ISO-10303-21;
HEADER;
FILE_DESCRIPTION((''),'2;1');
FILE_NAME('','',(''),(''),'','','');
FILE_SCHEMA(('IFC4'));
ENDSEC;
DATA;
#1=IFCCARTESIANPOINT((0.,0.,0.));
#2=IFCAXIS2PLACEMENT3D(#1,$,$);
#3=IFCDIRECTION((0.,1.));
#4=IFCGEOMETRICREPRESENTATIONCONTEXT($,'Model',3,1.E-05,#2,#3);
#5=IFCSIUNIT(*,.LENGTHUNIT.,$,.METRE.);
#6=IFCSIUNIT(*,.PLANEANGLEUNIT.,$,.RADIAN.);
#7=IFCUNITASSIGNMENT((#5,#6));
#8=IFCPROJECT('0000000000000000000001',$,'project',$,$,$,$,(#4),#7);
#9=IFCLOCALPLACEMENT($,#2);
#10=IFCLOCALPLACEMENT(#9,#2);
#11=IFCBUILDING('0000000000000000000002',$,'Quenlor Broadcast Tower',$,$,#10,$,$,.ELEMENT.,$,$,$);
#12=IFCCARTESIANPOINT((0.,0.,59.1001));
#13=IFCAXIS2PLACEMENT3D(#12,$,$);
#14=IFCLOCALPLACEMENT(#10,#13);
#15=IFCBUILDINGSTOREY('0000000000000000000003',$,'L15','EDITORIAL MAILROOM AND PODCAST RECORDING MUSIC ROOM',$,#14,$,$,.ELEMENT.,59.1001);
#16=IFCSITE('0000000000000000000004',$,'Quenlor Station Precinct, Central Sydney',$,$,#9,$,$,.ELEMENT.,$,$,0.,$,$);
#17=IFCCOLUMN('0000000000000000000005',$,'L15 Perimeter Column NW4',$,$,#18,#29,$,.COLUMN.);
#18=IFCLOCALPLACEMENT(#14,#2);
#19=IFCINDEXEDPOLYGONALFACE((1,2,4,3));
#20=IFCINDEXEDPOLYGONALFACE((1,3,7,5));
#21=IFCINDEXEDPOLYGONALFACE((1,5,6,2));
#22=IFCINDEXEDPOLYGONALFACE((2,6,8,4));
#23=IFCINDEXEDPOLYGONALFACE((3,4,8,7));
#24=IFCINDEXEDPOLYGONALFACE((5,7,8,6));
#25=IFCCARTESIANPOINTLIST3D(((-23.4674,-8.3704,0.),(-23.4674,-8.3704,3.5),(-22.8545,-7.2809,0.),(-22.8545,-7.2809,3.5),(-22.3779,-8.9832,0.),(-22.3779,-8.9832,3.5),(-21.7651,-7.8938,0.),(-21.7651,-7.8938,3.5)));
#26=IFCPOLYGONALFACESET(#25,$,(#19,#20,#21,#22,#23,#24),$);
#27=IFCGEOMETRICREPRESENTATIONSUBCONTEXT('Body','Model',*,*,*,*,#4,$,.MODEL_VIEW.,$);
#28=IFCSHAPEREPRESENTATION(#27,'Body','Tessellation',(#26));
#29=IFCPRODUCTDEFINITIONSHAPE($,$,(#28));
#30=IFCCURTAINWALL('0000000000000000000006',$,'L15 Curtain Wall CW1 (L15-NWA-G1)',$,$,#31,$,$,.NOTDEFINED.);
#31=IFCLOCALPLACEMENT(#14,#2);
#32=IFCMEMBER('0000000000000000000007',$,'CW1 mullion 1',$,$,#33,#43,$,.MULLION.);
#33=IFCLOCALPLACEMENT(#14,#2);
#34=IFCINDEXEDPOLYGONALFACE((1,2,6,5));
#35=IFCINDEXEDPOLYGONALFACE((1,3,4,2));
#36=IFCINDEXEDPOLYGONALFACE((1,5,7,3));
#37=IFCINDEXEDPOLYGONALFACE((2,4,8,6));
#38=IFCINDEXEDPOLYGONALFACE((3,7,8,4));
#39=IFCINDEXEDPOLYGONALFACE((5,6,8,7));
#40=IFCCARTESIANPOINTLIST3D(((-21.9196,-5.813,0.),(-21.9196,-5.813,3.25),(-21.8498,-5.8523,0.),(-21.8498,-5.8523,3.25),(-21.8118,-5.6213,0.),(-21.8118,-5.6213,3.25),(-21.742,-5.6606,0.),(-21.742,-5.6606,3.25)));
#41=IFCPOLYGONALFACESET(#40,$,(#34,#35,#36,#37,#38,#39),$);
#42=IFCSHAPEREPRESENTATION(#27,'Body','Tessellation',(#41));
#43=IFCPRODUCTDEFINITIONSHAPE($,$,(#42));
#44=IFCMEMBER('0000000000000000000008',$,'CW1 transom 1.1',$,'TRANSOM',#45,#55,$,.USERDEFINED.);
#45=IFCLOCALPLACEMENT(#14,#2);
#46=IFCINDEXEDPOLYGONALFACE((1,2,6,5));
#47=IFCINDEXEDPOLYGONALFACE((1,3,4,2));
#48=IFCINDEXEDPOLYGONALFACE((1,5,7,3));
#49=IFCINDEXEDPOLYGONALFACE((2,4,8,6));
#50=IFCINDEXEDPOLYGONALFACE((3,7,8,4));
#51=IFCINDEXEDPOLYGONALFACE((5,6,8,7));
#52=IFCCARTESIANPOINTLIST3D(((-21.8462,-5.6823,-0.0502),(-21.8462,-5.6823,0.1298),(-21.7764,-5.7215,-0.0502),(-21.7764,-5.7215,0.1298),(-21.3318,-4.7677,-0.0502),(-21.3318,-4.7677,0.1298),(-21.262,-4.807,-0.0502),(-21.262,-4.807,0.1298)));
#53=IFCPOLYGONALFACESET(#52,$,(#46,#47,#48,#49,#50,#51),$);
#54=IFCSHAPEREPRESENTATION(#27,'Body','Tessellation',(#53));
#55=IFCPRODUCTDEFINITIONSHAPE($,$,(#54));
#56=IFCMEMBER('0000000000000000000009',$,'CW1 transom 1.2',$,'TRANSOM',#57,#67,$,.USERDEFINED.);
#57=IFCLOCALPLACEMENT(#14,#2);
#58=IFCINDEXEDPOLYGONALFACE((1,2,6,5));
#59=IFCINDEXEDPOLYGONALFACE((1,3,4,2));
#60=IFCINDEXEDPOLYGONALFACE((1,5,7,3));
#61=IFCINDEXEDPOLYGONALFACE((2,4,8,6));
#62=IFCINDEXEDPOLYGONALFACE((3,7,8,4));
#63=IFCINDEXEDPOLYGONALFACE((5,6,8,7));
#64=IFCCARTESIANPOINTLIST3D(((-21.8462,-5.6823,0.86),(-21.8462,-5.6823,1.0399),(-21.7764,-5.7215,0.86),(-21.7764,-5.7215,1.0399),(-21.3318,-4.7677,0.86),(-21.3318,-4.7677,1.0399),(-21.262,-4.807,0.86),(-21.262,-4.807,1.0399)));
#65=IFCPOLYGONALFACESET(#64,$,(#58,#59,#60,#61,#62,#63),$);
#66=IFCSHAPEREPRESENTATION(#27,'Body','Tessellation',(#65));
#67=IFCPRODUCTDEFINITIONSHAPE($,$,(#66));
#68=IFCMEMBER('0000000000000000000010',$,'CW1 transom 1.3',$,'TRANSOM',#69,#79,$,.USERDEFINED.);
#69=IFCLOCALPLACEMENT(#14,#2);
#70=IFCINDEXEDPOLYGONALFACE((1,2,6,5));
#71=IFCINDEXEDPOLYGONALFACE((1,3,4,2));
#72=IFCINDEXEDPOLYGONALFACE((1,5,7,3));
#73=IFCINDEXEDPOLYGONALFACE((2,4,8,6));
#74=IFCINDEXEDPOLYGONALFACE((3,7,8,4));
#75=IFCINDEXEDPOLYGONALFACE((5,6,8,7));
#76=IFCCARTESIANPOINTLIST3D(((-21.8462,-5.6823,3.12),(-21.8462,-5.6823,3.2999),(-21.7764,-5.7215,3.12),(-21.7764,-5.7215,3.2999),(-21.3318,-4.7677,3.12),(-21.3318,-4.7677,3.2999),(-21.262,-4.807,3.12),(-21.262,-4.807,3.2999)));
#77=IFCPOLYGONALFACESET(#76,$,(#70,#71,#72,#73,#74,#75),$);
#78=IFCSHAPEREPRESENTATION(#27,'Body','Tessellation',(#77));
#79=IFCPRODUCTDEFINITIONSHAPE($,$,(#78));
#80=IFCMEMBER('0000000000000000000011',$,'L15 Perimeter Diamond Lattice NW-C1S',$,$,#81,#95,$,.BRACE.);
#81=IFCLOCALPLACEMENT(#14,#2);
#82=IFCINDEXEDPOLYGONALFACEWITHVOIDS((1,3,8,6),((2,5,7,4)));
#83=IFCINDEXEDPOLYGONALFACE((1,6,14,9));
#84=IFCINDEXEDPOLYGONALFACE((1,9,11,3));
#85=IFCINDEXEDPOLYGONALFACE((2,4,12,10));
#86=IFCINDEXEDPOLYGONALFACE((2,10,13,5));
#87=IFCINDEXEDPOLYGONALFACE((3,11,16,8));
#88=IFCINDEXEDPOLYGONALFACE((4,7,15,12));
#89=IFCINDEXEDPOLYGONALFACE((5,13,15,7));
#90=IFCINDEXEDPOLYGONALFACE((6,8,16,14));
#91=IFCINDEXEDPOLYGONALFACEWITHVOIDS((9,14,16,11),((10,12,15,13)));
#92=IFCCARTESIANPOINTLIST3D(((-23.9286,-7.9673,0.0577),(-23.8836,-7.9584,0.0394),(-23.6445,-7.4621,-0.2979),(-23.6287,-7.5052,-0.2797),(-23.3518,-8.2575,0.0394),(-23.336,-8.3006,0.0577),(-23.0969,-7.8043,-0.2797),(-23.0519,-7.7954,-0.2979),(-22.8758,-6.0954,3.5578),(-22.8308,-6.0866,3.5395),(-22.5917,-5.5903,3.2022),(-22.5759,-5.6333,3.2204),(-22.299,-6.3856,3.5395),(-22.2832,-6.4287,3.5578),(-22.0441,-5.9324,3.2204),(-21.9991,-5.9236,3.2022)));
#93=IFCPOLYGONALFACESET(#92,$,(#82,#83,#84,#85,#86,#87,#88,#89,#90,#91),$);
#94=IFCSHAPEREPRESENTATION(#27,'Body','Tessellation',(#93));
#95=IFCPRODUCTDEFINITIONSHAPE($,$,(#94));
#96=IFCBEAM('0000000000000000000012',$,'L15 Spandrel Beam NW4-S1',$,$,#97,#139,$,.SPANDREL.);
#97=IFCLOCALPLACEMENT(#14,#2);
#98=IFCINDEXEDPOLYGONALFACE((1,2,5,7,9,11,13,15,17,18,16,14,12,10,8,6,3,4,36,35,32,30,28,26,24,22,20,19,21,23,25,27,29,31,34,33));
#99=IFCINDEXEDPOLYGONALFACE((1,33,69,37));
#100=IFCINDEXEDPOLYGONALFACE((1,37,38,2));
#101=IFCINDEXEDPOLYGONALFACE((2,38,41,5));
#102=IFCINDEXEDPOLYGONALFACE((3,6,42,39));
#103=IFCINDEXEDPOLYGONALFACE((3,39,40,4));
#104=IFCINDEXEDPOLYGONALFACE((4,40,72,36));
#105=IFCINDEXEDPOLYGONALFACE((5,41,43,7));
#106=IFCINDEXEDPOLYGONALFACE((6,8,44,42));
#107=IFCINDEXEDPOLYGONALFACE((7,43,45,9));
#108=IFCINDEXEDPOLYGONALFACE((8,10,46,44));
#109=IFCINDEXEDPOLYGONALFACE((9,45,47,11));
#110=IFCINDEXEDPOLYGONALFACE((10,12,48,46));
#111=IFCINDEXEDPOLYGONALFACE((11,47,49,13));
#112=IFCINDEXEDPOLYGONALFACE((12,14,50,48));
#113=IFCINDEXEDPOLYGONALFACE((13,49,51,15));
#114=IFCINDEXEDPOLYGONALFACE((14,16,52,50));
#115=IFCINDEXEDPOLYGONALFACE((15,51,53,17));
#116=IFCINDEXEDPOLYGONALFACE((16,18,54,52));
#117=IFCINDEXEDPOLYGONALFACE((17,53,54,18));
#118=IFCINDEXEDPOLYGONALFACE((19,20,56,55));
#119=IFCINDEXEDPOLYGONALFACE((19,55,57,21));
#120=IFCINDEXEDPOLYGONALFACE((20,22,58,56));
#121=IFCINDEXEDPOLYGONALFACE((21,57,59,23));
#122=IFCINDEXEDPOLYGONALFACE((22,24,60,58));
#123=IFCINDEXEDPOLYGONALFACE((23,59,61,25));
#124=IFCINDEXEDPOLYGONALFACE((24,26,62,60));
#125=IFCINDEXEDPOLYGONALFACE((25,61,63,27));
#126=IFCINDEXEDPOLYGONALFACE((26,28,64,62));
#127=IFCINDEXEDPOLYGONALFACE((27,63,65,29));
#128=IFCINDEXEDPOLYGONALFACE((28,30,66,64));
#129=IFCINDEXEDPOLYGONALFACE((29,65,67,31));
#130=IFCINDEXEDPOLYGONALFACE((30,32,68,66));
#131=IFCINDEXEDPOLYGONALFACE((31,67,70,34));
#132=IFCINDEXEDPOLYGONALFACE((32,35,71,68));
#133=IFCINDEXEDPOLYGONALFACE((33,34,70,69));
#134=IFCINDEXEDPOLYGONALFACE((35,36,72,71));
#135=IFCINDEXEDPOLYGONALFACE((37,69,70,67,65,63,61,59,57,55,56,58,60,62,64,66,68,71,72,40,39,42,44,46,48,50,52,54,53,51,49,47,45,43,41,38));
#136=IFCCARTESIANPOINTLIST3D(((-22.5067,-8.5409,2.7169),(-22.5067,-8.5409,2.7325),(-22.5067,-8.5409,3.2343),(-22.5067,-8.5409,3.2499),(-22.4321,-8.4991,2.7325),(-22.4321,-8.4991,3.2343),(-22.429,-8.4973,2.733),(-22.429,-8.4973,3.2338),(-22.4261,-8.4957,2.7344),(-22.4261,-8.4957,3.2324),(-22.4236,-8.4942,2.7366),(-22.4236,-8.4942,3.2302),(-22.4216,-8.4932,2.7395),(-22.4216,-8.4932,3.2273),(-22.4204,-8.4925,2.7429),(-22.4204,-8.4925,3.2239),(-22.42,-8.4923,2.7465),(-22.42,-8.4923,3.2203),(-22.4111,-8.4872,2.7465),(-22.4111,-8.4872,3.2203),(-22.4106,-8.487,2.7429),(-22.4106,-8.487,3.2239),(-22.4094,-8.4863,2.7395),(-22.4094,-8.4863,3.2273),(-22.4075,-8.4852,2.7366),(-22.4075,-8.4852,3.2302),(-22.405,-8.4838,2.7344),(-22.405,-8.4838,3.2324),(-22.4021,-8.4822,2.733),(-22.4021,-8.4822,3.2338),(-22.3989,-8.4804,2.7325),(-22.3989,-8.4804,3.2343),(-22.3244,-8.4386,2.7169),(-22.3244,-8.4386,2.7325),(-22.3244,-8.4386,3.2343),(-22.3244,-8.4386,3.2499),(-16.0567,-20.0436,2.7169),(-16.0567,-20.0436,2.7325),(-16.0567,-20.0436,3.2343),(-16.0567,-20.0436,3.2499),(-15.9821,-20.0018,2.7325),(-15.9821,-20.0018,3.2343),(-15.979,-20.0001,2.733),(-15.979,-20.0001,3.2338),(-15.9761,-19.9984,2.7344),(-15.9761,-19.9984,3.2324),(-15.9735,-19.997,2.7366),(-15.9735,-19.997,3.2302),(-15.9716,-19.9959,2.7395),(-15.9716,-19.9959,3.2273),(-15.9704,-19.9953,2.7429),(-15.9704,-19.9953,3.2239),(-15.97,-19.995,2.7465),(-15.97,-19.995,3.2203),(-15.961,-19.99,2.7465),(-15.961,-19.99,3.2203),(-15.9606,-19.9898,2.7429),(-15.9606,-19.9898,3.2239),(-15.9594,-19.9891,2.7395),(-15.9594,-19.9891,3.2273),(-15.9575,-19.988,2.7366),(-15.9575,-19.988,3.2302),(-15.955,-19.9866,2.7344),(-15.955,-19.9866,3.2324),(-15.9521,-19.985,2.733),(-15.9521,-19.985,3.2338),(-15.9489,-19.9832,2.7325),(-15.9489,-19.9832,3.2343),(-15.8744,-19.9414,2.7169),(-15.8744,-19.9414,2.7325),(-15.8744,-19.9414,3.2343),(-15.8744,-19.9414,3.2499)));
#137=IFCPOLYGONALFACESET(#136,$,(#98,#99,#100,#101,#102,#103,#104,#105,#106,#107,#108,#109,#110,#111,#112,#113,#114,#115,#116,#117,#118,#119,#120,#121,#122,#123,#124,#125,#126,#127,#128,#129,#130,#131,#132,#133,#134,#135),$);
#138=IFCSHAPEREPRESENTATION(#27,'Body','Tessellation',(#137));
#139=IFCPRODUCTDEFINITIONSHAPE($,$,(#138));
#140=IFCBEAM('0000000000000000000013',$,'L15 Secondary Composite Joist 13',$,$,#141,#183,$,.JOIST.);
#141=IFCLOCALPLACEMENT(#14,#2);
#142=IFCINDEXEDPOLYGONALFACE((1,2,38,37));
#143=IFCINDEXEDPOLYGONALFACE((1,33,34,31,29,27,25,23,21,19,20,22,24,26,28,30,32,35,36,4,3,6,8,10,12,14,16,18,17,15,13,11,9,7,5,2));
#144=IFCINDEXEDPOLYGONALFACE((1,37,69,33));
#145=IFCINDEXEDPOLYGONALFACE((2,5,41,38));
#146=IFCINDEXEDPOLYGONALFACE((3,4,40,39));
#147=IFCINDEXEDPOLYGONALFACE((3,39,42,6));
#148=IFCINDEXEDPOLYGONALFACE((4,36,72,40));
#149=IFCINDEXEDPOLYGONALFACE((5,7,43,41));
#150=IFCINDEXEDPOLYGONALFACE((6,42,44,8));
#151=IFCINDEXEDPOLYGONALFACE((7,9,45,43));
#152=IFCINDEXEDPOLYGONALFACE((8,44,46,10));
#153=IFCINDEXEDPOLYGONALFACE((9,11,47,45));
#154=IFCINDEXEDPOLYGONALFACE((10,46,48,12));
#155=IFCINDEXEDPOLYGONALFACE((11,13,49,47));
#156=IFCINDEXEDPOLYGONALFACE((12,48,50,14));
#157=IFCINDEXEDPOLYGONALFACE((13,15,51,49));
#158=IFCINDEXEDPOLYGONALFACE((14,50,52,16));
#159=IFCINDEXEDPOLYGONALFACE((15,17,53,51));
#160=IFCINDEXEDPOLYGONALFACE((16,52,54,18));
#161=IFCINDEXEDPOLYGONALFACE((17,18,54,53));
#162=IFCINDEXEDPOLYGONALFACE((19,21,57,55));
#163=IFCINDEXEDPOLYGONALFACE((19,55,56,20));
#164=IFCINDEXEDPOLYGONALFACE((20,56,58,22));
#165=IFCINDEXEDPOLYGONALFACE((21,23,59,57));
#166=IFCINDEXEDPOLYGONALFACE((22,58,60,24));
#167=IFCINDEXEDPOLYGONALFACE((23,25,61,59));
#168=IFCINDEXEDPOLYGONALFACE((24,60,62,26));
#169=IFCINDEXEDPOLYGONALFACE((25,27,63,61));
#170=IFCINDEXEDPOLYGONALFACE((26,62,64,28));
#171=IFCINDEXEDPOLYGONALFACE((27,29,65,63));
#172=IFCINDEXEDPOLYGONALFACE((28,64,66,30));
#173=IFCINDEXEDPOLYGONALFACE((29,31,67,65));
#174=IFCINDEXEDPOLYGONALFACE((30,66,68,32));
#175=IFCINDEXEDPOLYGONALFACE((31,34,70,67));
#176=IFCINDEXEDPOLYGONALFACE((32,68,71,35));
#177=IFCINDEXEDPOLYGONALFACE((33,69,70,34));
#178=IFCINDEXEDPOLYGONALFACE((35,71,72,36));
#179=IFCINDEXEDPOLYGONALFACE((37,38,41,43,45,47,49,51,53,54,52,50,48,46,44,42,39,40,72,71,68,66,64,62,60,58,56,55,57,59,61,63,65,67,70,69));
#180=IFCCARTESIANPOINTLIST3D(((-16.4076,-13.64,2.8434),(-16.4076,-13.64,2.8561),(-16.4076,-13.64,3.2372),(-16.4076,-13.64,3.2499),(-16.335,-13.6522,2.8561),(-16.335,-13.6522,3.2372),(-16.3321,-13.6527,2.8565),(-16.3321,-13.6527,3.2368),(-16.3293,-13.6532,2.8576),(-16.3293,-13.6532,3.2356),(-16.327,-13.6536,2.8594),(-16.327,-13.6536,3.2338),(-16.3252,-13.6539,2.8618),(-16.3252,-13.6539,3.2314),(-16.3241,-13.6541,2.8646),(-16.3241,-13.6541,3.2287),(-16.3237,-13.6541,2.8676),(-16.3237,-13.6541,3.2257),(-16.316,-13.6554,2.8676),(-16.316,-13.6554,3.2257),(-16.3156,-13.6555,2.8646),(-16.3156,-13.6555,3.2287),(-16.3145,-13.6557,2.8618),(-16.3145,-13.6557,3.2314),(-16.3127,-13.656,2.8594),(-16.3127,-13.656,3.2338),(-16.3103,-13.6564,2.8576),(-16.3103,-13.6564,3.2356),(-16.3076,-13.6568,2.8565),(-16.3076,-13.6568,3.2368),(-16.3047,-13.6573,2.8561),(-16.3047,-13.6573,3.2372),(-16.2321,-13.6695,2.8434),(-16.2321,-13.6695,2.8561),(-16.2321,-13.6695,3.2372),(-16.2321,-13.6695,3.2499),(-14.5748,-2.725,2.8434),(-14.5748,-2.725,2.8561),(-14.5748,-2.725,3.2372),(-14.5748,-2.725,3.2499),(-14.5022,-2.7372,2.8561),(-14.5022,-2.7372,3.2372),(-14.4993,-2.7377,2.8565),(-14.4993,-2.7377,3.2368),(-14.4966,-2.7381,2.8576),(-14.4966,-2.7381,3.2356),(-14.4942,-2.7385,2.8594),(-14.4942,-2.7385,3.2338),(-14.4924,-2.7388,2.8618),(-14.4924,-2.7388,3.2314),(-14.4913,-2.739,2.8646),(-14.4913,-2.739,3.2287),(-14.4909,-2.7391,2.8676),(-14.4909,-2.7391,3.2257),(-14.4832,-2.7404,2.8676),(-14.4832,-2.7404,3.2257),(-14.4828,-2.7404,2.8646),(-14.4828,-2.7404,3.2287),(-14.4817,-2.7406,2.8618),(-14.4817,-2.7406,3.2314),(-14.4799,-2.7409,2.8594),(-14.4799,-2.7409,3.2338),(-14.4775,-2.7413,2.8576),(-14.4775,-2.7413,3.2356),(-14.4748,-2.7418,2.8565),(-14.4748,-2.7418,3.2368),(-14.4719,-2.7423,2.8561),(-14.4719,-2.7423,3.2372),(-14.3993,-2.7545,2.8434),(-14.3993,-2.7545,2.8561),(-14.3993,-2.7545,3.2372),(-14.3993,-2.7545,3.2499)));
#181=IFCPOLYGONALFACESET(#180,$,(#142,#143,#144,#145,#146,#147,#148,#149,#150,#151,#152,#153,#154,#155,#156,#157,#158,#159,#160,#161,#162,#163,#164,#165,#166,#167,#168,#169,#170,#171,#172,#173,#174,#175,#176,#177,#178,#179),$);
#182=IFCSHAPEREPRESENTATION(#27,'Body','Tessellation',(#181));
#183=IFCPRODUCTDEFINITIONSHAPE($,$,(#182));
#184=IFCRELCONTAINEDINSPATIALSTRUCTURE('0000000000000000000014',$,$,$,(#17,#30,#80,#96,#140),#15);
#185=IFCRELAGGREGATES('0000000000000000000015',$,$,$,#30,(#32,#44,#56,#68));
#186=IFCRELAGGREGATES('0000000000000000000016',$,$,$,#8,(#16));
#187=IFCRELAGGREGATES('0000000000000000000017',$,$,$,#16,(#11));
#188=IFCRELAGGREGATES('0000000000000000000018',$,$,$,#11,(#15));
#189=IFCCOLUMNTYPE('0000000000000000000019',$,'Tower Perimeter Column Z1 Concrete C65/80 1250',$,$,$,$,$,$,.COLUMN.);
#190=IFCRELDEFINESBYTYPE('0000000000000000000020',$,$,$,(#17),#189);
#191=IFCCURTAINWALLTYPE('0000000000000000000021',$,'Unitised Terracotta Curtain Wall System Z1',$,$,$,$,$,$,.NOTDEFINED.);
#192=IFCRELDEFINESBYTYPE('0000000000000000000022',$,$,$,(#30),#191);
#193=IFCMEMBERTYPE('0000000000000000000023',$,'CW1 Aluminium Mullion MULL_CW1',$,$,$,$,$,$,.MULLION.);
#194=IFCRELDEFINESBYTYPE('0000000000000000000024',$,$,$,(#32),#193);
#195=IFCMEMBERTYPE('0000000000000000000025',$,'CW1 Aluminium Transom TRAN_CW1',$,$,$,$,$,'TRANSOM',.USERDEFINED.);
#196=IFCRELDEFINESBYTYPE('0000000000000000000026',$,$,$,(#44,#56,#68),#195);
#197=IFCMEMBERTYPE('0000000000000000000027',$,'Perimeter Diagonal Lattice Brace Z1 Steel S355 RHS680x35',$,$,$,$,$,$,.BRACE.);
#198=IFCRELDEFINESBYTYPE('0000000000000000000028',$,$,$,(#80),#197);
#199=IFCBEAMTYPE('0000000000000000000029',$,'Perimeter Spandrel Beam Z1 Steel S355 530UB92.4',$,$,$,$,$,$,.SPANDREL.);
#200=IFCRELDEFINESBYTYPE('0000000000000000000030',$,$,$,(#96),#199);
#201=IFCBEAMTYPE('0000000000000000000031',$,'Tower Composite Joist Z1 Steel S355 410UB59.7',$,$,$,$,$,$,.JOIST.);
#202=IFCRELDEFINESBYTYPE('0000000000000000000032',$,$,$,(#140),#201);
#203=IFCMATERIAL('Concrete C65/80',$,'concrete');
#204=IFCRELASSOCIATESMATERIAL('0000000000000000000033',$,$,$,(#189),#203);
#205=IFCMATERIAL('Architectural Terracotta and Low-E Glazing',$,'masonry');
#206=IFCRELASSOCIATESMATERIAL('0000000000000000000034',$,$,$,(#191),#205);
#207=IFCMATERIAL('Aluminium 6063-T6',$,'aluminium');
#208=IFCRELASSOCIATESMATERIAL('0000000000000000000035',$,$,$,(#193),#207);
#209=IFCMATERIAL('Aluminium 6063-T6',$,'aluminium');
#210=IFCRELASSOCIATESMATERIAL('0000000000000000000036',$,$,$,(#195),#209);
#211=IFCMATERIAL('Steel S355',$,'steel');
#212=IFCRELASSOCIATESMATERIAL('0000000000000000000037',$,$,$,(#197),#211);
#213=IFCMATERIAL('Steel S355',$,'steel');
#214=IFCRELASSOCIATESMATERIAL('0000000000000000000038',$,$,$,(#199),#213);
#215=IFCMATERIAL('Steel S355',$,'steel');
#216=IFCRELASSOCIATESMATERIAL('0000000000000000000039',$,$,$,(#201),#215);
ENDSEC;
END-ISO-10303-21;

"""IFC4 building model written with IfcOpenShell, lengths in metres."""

from ifc_helpers import new_model, si_unit, direction, frame, origin, origin_2d, place, context, subcontext, project, spatial, rectangle, hollow_rectangle, i_section, extrude, material, material_profile, profile_set, type_object, element, aggregate, save


model = new_model("IFC4")

# Units and contexts
model_context = context("Model", 3, precision=1e-05, world=origin(), true_north=direction((0.0, 1.0)))
body_context = subcontext(model_context, "Body", "Model", "MODEL_VIEW")
ifc_project = project(units=[si_unit("LENGTHUNIT", "METRE"), si_unit("PLANEANGLEUNIT", "RADIAN")], contexts=[model_context])

# Site, building, storey
site_placement = place(None, origin())
site = spatial("IfcSite", under=ifc_project, at=site_placement, Name="Quenlor Station Precinct, Central Sydney", CompositionType="ELEMENT", RefElevation=0.0)
building_placement = place(site_placement, origin())
building = spatial("IfcBuilding", under=site, at=building_placement, Name="Quenlor Broadcast Tower", CompositionType="ELEMENT")
storey_placement = place(building_placement, frame((0.0, 0.0, 59.1001)))
storey = spatial("IfcBuildingStorey", under=building, at=storey_placement, Name="L15", Description="EDITORIAL MAILROOM AND PODCAST RECORDING MUSIC ROOM", CompositionType="ELEMENT", Elevation=59.1001)

# Column
ifc_material_1 = material(Name="Concrete C65/80", Category="concrete")
ifc_material_profile_1 = material_profile(ifc_material_1, rectangle(XDim=1.25, YDim=1.25, at=origin_2d()))
ifc_profile_set_1 = profile_set([ifc_material_profile_1], Name="Concrete C65/80 RC1250x1250")
column_type = type_object("IfcColumnType", Name="Tower Perimeter Column Z1 Concrete C65/80 1250", PredefinedType="COLUMN", material=ifc_profile_set_1)
column_placement = place(storey_placement, frame((-22.6162, -8.1321, 0.0), z_axis=(0.0, 0.0, 1.0), x_axis=(-0.871575, 0.490262, 0.0)))
element("IfcColumn", 1, at=column_placement, inside=storey, type_object=column_type, Name="L15 Perimeter Column NW4", PredefinedType="COLUMN", context=body_context, shape_type="SweptSolid", body=[
    extrude(rectangle(XDim=1.25, YDim=1.25, at=origin_2d()), origin(), (0.0, 0.0, 1.0), 3.5),
])

# Curtain wall, members
ifc_material_2 = material(Name="Architectural Terracotta and Low-E Glazing", Category="masonry")
curtain_wall_type = type_object("IfcCurtainWallType", Name="Unitised Terracotta Curtain Wall System Z1", PredefinedType="NOTDEFINED", material=ifc_material_2)
curtain_wall_placement = place(storey_placement, origin())
curtain_wall = element("IfcCurtainWall", 2, at=curtain_wall_placement, inside=storey, type_object=curtain_wall_type, Name="L15 Curtain Wall CW1 (L15-NWA-G1)", PredefinedType="NOTDEFINED")
ifc_material_3 = material(Name="Aluminium 6063-T6", Category="aluminium")
ifc_material_profile_2 = material_profile(ifc_material_3, rectangle(XDim=0.0801, YDim=0.22, at=origin_2d()))
ifc_profile_set_2 = profile_set([ifc_material_profile_2], Name="Aluminium 6063-T6 MULL80x220")
member_type_1 = type_object("IfcMemberType", Name="CW1 Aluminium Mullion MULL_CW1", PredefinedType="MULLION", material=ifc_profile_set_2)
member_1_placement = place(storey_placement, frame((-21.8308, -5.7368, 0.0), z_axis=(0.0, 0.0, 1.0), x_axis=(-0.871567, 0.490277, 0.0)))
member_1 = element("IfcMember", 3, at=member_1_placement, type_object=member_type_1, Name="CW1 mullion 1", PredefinedType="MULLION", context=body_context, shape_type="SweptSolid", body=[
    extrude(rectangle(XDim=0.0801, YDim=0.22, at=origin_2d()), origin(), (0.0, 0.0, 1.0), 3.25),
])
ifc_material_4 = material(Name="Aluminium 6063-T6", Category="aluminium")
ifc_material_profile_3 = material_profile(ifc_material_4, rectangle(XDim=0.0801, YDim=0.1799, at=origin_2d()))
ifc_profile_set_3 = profile_set([ifc_material_profile_3], Name="Aluminium 6063-T6 TRAN80x180")
member_type_2 = type_object("IfcMemberType", Name="CW1 Aluminium Transom TRAN_CW1", ElementType="TRANSOM", PredefinedType="USERDEFINED", material=ifc_profile_set_3)
member_2_placement = place(storey_placement, frame((-21.8113, -5.7019, 0.0398), z_axis=(0.490239, 0.871588, 0.0), x_axis=(-0.871588, 0.490239, 0.0)))
member_2 = element("IfcMember", 4, at=member_2_placement, type_object=member_type_2, Name="CW1 transom 1.1", ObjectType="TRANSOM", PredefinedType="USERDEFINED", context=body_context, shape_type="SweptSolid", body=[
    extrude(rectangle(XDim=0.0801, YDim=0.1799, at=origin_2d()), origin(), (0.0, 0.0, 1.0), 1.0493),
])
member_3_placement = place(storey_placement, frame((-21.8113, -5.7019, 0.95), z_axis=(0.490239, 0.871588, 0.0), x_axis=(-0.871588, 0.490239, 0.0)))
member_3 = element("IfcMember", 5, at=member_3_placement, type_object=member_type_2, Name="CW1 transom 1.2", ObjectType="TRANSOM", PredefinedType="USERDEFINED", context=body_context, shape_type="SweptSolid", body=[
    extrude(rectangle(XDim=0.0801, YDim=0.1799, at=origin_2d()), origin(), (0.0, 0.0, 1.0), 1.0493),
])
member_4_placement = place(storey_placement, frame((-21.8113, -5.7019, 3.21), z_axis=(0.490239, 0.871588, 0.0), x_axis=(-0.871588, 0.490239, 0.0)))
member_4 = element("IfcMember", 6, at=member_4_placement, type_object=member_type_2, Name="CW1 transom 1.3", ObjectType="TRANSOM", PredefinedType="USERDEFINED", context=body_context, shape_type="SweptSolid", body=[
    extrude(rectangle(XDim=0.0801, YDim=0.1799, at=origin_2d()), origin(), (0.0, 0.0, 1.0), 1.0493),
])

# Member
ifc_material_5 = material(Name="Steel S355", Category="steel")
ifc_material_profile_4 = material_profile(ifc_material_5, hollow_rectangle(XDim=0.6799, YDim=0.6799, WallThickness=0.0349, at=origin_2d()))
ifc_profile_set_4 = profile_set([ifc_material_profile_4], Name="Steel S355 RHS680x680x35")
member_type_3 = type_object("IfcMemberType", Name="Perimeter Diagonal Lattice Brace Z1 Steel S355 RHS680x35", PredefinedType="BRACE", material=ifc_profile_set_4)
member_5_placement = place(storey_placement, frame((-23.4902, -7.8813, -0.1201), z_axis=(0.256368, 0.455839, 0.852342), x_axis=(-0.871609, 0.490202, 0.0)))
element("IfcMember", 7, at=member_5_placement, inside=storey, type_object=member_type_3, Name="L15 Perimeter Diamond Lattice NW-C1S", PredefinedType="BRACE", context=body_context, shape_type="SweptSolid", body=[
    extrude(hollow_rectangle(XDim=0.6799, YDim=0.6799, WallThickness=0.0349, at=origin_2d()), origin(), (0.0, 0.0, 1.0), 4.1064),
])

# Beams
ifc_material_6 = material(Name="Steel S355", Category="steel")
ifc_material_profile_5 = material_profile(ifc_material_6, i_section(OverallWidth=0.209, OverallDepth=0.533, WebThickness=0.0103, FlangeThickness=0.0156, FilletRadius=0.0139, at=origin_2d()))
ifc_profile_set_5 = profile_set([ifc_material_profile_5], Name="Steel S355 530UB92.4")
beam_type_1 = type_object("IfcBeamType", Name="Perimeter Spandrel Beam Z1 Steel S355 530UB92.4", PredefinedType="SPANDREL", material=ifc_profile_set_5)
beam_1_placement = place(storey_placement, frame((-22.4155, -8.4897, 2.9834), z_axis=(0.489091, -0.872233, 0.0), x_axis=(0.872233, 0.489091, 0.0)))
element("IfcBeam", 8, at=beam_1_placement, inside=storey, type_object=beam_type_1, Name="L15 Spandrel Beam NW4-S1", PredefinedType="SPANDREL", context=body_context, shape_type="SweptSolid", body=[
    extrude(i_section(OverallWidth=0.209, OverallDepth=0.533, WebThickness=0.0103, FlangeThickness=0.0156, FilletRadius=0.0139, at=origin_2d()), origin(), (0.0, 0.0, 1.0), 13.1877),
])
ifc_material_7 = material(Name="Steel S355", Category="steel")
ifc_material_profile_6 = material_profile(ifc_material_7, i_section(OverallWidth=0.178, OverallDepth=0.4065, WebThickness=0.0078, FlangeThickness=0.0127, FilletRadius=0.0115, at=origin_2d()))
ifc_profile_set_6 = profile_set([ifc_material_profile_6], Name="Steel S355 410UB59.7")
beam_type_2 = type_object("IfcBeamType", Name="Tower Composite Joist Z1 Steel S355 410UB59.7", PredefinedType="JOIST", material=ifc_profile_set_6)
beam_2_placement = place(storey_placement, frame((-16.3198, -13.6548, 3.0466), z_axis=(0.165594, 0.986194, 0.0), x_axis=(-0.986194, 0.165594, 0.0)))
element("IfcBeam", 9, at=beam_2_placement, inside=storey, type_object=beam_type_2, Name="L15 Secondary Composite Joist 13", PredefinedType="JOIST", context=body_context, shape_type="SweptSolid", body=[
    extrude(i_section(OverallWidth=0.178, OverallDepth=0.4065, WebThickness=0.0078, FlangeThickness=0.0127, FilletRadius=0.0115, at=origin_2d()), origin(), (0.0, 0.0, 1.0), 11.0679),
])

aggregate(curtain_wall, [member_1, member_2, member_3, member_4])

save(model, "model.ifc")
